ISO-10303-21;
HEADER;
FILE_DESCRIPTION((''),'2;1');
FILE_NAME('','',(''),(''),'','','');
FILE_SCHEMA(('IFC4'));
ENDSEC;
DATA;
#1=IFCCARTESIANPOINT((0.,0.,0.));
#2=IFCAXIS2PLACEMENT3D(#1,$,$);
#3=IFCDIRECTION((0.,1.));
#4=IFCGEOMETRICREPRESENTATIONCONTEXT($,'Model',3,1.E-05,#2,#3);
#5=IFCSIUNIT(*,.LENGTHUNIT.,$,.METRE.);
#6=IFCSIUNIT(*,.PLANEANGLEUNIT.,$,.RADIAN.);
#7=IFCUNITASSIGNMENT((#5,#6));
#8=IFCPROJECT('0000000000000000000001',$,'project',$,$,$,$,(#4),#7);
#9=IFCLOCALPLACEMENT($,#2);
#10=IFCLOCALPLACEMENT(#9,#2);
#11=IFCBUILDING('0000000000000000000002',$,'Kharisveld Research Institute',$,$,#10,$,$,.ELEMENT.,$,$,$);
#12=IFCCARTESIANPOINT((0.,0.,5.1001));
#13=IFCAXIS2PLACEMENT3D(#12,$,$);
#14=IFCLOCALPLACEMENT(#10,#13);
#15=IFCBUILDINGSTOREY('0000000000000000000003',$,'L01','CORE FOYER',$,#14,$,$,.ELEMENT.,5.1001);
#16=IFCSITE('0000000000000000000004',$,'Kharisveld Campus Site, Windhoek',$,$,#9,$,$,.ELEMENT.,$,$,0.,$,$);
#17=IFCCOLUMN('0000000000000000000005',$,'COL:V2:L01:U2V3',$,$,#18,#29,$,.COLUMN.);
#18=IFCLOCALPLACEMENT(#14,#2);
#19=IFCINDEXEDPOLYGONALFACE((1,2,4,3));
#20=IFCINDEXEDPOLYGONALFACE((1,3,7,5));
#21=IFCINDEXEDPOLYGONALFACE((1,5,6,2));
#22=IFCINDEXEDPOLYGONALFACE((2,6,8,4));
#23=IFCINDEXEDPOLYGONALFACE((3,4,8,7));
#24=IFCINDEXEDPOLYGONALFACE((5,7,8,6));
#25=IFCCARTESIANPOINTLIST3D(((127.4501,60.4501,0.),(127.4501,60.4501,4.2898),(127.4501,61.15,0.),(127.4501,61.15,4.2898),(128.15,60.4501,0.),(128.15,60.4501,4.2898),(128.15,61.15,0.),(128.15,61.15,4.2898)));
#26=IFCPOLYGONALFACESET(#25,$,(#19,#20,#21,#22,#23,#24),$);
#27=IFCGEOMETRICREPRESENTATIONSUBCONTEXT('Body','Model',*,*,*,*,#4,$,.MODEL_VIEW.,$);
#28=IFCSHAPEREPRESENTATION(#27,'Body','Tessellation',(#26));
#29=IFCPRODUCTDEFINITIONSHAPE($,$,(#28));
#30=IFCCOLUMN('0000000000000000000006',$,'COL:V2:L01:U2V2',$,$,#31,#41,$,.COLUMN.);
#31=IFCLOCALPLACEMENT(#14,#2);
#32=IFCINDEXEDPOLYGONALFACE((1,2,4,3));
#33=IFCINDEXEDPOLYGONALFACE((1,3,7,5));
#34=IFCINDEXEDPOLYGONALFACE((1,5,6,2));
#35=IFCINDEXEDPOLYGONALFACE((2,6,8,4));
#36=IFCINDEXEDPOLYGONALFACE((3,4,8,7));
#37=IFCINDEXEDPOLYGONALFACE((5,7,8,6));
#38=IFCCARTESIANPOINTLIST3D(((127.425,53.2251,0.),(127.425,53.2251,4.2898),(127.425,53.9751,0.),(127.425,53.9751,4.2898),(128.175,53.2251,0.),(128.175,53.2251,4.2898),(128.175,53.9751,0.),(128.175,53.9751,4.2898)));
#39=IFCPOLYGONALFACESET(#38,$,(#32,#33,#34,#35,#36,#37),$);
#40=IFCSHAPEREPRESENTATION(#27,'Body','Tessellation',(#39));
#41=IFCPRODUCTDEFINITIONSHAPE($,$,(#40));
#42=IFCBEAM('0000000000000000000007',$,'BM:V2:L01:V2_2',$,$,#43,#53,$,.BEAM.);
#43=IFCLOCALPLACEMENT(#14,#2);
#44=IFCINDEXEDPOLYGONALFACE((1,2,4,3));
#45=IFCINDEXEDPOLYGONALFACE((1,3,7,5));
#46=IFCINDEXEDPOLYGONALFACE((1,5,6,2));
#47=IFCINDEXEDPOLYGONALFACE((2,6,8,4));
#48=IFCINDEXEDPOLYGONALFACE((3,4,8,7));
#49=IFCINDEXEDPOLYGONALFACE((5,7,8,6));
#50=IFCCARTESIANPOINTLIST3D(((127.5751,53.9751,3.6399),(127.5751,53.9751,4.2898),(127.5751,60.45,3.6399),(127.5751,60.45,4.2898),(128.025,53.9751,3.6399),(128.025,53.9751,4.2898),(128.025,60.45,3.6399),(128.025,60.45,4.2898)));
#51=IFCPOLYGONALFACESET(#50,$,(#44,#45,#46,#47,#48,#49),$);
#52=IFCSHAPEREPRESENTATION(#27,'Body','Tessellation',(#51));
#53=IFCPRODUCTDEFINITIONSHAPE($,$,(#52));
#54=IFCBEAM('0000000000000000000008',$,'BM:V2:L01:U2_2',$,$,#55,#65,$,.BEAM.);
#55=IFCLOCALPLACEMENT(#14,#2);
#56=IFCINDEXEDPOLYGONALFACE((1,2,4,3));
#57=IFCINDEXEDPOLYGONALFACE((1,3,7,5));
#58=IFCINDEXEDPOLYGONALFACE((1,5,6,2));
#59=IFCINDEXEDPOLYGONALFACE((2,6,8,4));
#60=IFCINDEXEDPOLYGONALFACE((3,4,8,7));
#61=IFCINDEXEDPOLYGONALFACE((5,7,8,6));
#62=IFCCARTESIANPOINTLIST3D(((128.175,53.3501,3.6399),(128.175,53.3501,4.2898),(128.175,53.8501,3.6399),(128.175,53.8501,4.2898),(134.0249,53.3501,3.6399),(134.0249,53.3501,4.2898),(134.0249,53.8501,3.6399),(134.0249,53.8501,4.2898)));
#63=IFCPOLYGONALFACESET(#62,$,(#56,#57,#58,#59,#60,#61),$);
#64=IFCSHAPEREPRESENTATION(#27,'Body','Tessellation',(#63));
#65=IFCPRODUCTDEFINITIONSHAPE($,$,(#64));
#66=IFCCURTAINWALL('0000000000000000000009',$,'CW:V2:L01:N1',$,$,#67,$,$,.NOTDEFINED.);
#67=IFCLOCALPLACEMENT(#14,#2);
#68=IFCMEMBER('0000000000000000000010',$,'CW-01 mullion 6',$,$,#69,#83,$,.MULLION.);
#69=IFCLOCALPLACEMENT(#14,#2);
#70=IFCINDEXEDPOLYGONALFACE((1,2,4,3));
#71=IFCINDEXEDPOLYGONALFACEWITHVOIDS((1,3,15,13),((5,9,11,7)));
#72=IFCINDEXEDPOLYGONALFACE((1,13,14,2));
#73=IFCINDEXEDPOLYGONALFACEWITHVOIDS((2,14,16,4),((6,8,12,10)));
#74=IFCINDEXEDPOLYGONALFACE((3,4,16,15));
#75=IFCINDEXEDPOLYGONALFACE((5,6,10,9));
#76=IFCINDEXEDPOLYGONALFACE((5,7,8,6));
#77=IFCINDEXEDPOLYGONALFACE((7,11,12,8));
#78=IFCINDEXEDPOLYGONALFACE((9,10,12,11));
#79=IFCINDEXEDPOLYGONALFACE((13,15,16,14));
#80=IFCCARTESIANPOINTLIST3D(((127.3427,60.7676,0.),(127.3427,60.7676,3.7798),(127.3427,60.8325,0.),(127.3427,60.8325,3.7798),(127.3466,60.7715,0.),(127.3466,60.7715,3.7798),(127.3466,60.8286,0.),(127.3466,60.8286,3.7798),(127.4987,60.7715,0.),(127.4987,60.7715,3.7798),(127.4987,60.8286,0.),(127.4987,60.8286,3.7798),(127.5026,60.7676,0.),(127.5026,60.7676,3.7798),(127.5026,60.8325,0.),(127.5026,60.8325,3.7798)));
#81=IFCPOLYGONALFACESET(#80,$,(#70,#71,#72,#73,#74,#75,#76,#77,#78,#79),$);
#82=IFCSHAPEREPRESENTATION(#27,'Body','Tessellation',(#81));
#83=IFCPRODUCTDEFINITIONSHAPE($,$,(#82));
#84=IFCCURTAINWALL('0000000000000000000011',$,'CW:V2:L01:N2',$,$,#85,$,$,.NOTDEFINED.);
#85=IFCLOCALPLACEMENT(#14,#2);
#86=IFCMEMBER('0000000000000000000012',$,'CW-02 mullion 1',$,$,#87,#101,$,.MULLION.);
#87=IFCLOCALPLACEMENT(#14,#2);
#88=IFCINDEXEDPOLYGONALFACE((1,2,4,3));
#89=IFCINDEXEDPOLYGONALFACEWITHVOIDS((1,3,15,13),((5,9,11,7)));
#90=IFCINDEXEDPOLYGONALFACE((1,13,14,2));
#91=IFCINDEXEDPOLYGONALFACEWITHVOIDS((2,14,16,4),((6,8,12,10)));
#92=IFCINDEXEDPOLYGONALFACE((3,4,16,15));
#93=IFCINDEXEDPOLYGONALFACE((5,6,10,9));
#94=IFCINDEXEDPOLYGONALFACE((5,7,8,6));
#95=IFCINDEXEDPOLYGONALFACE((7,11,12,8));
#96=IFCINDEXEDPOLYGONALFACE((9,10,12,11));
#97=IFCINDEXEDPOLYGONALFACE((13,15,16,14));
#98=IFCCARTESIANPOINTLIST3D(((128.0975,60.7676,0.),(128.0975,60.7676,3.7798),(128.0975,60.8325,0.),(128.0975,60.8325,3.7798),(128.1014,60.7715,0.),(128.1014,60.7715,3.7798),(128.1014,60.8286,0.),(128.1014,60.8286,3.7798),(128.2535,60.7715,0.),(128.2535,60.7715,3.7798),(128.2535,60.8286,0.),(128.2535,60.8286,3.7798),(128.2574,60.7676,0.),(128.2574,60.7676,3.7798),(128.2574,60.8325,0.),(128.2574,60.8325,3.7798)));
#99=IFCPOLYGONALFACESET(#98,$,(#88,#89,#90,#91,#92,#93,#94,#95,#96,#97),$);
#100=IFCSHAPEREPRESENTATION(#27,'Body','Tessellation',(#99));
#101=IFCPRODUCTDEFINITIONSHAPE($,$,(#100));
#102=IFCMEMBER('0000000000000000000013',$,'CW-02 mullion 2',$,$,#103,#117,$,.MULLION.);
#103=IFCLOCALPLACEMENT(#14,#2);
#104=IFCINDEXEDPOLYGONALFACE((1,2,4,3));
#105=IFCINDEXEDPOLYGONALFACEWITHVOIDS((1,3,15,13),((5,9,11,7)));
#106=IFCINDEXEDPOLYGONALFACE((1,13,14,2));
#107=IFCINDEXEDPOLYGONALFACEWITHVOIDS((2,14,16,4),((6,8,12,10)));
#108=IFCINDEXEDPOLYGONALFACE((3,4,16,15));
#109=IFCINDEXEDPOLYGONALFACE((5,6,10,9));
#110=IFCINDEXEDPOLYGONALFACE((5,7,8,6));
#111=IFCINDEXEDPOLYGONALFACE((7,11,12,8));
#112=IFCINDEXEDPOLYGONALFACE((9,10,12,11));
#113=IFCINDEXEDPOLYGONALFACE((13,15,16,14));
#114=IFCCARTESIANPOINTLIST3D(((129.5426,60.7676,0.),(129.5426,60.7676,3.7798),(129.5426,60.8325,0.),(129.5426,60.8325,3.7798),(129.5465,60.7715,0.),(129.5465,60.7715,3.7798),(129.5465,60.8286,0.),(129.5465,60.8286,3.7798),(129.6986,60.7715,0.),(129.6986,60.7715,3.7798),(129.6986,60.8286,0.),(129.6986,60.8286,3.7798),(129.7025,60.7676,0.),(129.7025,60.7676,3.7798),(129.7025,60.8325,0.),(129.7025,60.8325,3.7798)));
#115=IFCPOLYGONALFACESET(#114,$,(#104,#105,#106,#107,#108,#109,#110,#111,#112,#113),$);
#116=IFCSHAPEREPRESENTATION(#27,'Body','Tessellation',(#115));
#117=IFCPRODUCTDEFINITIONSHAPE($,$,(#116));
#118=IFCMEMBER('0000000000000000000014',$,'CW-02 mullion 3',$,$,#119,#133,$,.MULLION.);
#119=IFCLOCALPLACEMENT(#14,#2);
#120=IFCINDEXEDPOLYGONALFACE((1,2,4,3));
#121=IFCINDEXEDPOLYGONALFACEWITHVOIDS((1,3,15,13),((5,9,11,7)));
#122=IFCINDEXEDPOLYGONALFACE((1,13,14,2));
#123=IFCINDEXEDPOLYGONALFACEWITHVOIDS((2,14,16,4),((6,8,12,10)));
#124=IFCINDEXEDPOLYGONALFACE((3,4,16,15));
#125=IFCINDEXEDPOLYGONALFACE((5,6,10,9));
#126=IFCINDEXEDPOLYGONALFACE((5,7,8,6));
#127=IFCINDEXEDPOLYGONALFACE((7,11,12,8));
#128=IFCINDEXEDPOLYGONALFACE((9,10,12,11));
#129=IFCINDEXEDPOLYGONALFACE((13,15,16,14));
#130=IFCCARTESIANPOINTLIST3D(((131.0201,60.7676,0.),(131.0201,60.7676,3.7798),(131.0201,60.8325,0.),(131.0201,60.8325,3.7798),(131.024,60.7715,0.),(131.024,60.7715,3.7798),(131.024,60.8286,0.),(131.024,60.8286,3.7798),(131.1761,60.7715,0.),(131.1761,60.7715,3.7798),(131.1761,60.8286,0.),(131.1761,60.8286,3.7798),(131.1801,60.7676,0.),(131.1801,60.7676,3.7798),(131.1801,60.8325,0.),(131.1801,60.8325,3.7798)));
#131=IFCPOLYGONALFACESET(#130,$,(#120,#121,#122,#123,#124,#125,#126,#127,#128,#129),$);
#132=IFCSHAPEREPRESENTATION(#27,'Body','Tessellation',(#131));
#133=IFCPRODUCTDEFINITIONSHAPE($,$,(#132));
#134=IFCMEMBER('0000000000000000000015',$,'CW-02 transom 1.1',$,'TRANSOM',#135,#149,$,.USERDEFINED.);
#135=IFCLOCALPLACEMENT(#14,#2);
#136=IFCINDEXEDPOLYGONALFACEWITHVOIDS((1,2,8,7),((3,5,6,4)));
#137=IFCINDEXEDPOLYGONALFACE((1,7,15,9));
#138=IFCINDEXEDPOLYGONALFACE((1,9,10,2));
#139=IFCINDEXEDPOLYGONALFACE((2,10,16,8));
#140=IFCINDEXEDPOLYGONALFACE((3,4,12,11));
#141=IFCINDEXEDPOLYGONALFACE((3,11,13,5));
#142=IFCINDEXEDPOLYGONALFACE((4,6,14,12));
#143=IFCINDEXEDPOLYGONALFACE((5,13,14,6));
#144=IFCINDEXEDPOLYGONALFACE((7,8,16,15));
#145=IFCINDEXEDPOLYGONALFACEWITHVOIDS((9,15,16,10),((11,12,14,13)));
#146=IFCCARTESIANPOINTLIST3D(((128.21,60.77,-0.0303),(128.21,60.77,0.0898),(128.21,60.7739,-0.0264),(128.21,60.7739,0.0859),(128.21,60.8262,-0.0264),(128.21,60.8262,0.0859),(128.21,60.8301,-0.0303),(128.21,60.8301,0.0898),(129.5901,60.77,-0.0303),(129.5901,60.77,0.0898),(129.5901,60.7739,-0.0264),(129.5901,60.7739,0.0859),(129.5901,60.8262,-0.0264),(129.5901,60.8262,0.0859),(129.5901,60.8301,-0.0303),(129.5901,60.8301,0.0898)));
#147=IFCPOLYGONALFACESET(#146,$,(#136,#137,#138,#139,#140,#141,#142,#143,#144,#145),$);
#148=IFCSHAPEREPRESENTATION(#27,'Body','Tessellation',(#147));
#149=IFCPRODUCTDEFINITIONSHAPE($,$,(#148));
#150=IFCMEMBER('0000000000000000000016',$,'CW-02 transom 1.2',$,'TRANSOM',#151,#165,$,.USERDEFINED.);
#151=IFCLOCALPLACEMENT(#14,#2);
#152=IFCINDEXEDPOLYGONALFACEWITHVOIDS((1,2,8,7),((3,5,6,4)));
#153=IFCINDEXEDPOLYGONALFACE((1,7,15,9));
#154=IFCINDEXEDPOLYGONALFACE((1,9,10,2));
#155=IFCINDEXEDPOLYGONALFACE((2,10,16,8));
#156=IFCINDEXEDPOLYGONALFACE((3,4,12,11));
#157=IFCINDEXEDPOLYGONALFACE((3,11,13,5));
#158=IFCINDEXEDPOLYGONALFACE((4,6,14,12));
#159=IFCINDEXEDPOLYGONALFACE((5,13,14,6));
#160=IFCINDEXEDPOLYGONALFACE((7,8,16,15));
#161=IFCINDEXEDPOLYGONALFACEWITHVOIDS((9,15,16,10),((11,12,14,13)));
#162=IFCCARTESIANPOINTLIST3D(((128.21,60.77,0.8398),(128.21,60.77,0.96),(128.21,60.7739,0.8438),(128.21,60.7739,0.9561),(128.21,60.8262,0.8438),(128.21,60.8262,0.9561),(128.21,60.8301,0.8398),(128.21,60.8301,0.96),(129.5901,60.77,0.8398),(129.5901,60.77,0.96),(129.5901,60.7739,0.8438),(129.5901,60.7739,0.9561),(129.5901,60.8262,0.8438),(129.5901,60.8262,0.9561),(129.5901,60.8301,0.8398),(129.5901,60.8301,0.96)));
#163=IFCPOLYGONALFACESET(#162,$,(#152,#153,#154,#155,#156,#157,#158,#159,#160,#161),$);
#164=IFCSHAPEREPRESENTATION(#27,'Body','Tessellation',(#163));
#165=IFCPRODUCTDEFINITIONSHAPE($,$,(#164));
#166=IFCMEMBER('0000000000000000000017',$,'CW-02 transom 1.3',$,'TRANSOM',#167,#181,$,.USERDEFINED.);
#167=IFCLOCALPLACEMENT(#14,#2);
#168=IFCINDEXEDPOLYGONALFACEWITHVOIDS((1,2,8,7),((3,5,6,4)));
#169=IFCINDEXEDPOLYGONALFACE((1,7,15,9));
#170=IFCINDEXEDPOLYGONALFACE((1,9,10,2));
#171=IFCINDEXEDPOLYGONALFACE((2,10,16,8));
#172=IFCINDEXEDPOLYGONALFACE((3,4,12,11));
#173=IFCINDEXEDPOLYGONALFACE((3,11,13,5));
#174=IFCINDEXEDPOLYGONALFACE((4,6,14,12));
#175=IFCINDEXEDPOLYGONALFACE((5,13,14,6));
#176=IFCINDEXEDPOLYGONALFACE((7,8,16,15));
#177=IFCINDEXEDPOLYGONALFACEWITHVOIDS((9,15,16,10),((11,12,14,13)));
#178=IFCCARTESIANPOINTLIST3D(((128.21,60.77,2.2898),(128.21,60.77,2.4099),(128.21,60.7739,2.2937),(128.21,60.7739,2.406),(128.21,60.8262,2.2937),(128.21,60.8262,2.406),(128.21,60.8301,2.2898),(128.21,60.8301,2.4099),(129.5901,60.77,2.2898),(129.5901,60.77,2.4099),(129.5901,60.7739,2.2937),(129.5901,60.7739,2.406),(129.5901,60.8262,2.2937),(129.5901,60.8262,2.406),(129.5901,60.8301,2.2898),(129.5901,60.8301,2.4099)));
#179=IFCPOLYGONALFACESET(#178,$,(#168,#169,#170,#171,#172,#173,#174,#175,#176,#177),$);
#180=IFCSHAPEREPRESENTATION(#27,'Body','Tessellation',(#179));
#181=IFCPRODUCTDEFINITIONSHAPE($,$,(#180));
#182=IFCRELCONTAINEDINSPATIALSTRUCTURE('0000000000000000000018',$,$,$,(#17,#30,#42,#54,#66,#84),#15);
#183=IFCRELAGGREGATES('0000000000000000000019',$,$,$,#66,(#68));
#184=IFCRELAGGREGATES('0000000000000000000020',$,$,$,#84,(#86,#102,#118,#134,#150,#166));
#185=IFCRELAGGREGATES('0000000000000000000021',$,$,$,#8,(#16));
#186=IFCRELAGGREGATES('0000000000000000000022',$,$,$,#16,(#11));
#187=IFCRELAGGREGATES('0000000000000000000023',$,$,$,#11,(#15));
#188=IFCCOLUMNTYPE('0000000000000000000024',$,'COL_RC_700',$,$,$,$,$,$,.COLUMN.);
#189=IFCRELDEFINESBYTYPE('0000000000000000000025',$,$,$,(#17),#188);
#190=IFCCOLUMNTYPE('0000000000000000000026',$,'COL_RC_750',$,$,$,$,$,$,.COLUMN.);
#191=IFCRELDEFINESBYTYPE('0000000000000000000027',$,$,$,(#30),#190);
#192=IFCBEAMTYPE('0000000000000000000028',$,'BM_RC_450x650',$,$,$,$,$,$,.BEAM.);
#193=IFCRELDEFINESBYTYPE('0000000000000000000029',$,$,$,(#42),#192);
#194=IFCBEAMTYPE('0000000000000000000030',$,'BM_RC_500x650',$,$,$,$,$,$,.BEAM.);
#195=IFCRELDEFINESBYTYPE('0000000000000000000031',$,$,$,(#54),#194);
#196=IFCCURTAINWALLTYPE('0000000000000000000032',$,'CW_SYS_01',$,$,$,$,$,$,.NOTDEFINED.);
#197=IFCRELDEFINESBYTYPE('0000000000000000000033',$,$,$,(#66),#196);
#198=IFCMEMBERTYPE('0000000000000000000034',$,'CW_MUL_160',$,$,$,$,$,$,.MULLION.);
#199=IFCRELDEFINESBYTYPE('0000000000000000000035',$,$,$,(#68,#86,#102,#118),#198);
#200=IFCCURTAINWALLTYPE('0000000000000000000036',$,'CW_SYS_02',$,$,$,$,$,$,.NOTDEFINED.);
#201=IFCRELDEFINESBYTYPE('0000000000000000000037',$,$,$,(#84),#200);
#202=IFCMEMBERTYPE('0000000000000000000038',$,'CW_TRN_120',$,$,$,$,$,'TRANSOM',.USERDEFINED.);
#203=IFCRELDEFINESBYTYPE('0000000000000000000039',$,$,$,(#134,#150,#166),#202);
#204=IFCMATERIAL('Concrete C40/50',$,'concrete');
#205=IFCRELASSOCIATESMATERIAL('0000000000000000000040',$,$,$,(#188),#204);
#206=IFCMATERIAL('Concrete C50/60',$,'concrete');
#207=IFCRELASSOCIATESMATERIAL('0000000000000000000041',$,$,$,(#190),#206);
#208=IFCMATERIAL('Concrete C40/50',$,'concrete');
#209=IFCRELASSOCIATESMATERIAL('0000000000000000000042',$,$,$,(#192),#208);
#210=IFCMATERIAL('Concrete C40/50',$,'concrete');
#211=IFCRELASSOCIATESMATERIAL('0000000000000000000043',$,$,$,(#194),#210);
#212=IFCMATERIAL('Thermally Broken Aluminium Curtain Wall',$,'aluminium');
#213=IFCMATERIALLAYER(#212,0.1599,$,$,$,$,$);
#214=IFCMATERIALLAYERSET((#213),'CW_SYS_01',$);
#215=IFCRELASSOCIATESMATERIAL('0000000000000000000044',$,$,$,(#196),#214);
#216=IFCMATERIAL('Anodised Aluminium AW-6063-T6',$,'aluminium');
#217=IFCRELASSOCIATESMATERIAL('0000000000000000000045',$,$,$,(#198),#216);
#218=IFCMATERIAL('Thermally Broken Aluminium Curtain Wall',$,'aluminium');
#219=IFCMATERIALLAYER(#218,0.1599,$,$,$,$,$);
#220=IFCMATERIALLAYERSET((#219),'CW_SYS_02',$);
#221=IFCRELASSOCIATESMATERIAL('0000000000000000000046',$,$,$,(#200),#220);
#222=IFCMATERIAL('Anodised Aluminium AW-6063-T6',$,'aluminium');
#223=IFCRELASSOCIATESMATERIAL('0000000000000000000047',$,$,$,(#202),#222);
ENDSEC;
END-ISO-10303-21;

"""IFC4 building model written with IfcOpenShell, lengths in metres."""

from ifc_helpers import new_model, si_unit, direction, frame, origin, origin_2d, place, context, subcontext, project, spatial, rectangle, hollow_rectangle, extrude, material, layer, layer_set, material_profile, profile_set, type_object, element, aggregate, save


model = new_model("IFC4")

# Units and contexts
model_context = context("Model", 3, precision=1e-05, world=origin(), true_north=direction((0.0, 1.0)))
body_context = subcontext(model_context, "Body", "Model", "MODEL_VIEW")
ifc_project = project(units=[si_unit("LENGTHUNIT", "METRE"), si_unit("PLANEANGLEUNIT", "RADIAN")], contexts=[model_context])

# Site, building, storey
site_placement = place(None, origin())
site = spatial("IfcSite", under=ifc_project, at=site_placement, Name="Kharisveld Campus Site, Windhoek", CompositionType="ELEMENT", RefElevation=0.0)
building_placement = place(site_placement, origin())
building = spatial("IfcBuilding", under=site, at=building_placement, Name="Kharisveld Research Institute", CompositionType="ELEMENT")
storey_placement = place(building_placement, frame((0.0, 0.0, 5.1001)))
storey = spatial("IfcBuildingStorey", under=building, at=storey_placement, Name="L01", Description="CORE FOYER", CompositionType="ELEMENT", Elevation=5.1001)

# Columns
ifc_material_1 = material(Name="Concrete C40/50", Category="concrete")
ifc_material_profile_1 = material_profile(ifc_material_1, rectangle(XDim=0.7, YDim=0.7, at=origin_2d()))
ifc_profile_set_1 = profile_set([ifc_material_profile_1], Name="Concrete C40/50")
column_type_1 = type_object("IfcColumnType", Name="COL_RC_700", PredefinedType="COLUMN", material=ifc_profile_set_1)
column_1_placement = place(storey_placement, frame((127.8, 60.8, 0.0), z_axis=(0.0, 0.0, 1.0), x_axis=(1.0, 0.0, 0.0)))
element("IfcColumn", 1, at=column_1_placement, inside=storey, type_object=column_type_1, Name="COL:V2:L01:U2V3", PredefinedType="COLUMN", context=body_context, shape_type="SweptSolid", body=[
    extrude(rectangle(XDim=0.7, YDim=0.7, at=origin_2d()), origin(), (0.0, 0.0, 1.0), 4.2898),
])
ifc_material_2 = material(Name="Concrete C50/60", Category="concrete")
ifc_material_profile_2 = material_profile(ifc_material_2, rectangle(XDim=0.75, YDim=0.75, at=origin_2d()))
ifc_profile_set_2 = profile_set([ifc_material_profile_2], Name="Concrete C50/60")
column_type_2 = type_object("IfcColumnType", Name="COL_RC_750", PredefinedType="COLUMN", material=ifc_profile_set_2)
column_2_placement = place(storey_placement, frame((127.8, 53.6001, 0.0), z_axis=(0.0, 0.0, 1.0), x_axis=(1.0, 0.0, 0.0)))
element("IfcColumn", 2, at=column_2_placement, inside=storey, type_object=column_type_2, Name="COL:V2:L01:U2V2", PredefinedType="COLUMN", context=body_context, shape_type="SweptSolid", body=[
    extrude(rectangle(XDim=0.75, YDim=0.75, at=origin_2d()), origin(), (0.0, 0.0, 1.0), 4.2898),
])

# Beams
ifc_material_3 = material(Name="Concrete C40/50", Category="concrete")
ifc_material_profile_3 = material_profile(ifc_material_3, rectangle(XDim=0.45, YDim=0.6499, at=origin_2d()))
ifc_profile_set_3 = profile_set([ifc_material_profile_3], Name="Concrete C40/50")
beam_type_1 = type_object("IfcBeamType", Name="BM_RC_450x650", PredefinedType="BEAM", material=ifc_profile_set_3)
beam_1_placement = place(storey_placement, frame((127.8, 53.9751, 3.9648), z_axis=(0.0, 1.0, 0.0), x_axis=(-1.0, 0.0, 0.0)))
element("IfcBeam", 3, at=beam_1_placement, inside=storey, type_object=beam_type_1, Name="BM:V2:L01:V2_2", PredefinedType="BEAM", context=body_context, shape_type="SweptSolid", body=[
    extrude(rectangle(XDim=0.45, YDim=0.6499, at=origin_2d()), origin(), (0.0, 0.0, 1.0), 6.4749),
])
ifc_material_4 = material(Name="Concrete C40/50", Category="concrete")
ifc_material_profile_4 = material_profile(ifc_material_4, rectangle(XDim=0.5, YDim=0.6499, at=origin_2d()))
ifc_profile_set_4 = profile_set([ifc_material_profile_4], Name="Concrete C40/50")
beam_type_2 = type_object("IfcBeamType", Name="BM_RC_500x650", PredefinedType="BEAM", material=ifc_profile_set_4)
beam_2_placement = place(storey_placement, frame((128.175, 53.6001, 3.9648), z_axis=(1.0, 0.0, 0.0), x_axis=(0.0, 1.0, 0.0)))
element("IfcBeam", 4, at=beam_2_placement, inside=storey, type_object=beam_type_2, Name="BM:V2:L01:U2_2", PredefinedType="BEAM", context=body_context, shape_type="SweptSolid", body=[
    extrude(rectangle(XDim=0.5, YDim=0.6499, at=origin_2d()), origin(), (0.0, 0.0, 1.0), 5.8499),
])

# Curtain wall, member
ifc_material_5 = material(Name="Thermally Broken Aluminium Curtain Wall", Category="aluminium")
ifc_layer_1 = layer(ifc_material_5, 0.1599)
ifc_layer_set_1 = layer_set([ifc_layer_1], Name="CW_SYS_01")
curtain_wall_type_1 = type_object("IfcCurtainWallType", Name="CW_SYS_01", PredefinedType="NOTDEFINED", material=ifc_layer_set_1)
curtain_wall_1_placement = place(storey_placement, origin())
curtain_wall_1 = element("IfcCurtainWall", 5, at=curtain_wall_1_placement, inside=storey, type_object=curtain_wall_type_1, Name="CW:V2:L01:N1", PredefinedType="NOTDEFINED")
ifc_material_6 = material(Name="Anodised Aluminium AW-6063-T6", Category="aluminium")
ifc_material_profile_5 = material_profile(ifc_material_6, hollow_rectangle(XDim=0.0649, YDim=0.1599, WallThickness=0.0039, at=origin_2d()))
ifc_profile_set_5 = profile_set([ifc_material_profile_5], Name="Anodised Aluminium AW-6063-T6")
member_type_1 = type_object("IfcMemberType", Name="CW_MUL_160", PredefinedType="MULLION", material=ifc_profile_set_5)
member_1_placement = place(storey_placement, frame((127.4226, 60.8, 0.0), z_axis=(0.0, 0.0, 1.0), x_axis=(0.0, 1.0, 0.0)))
member_1 = element("IfcMember", 6, at=member_1_placement, type_object=member_type_1, Name="CW-01 mullion 6", PredefinedType="MULLION", context=body_context, shape_type="SweptSolid", body=[
    extrude(hollow_rectangle(XDim=0.0649, YDim=0.1599, WallThickness=0.0039, at=origin_2d()), origin(), (0.0, 0.0, 1.0), 3.7798),
])
aggregate(curtain_wall_1, [member_1])

# Curtain wall, members
ifc_material_7 = material(Name="Thermally Broken Aluminium Curtain Wall", Category="aluminium")
ifc_layer_2 = layer(ifc_material_7, 0.1599)
ifc_layer_set_2 = layer_set([ifc_layer_2], Name="CW_SYS_02")
curtain_wall_type_2 = type_object("IfcCurtainWallType", Name="CW_SYS_02", PredefinedType="NOTDEFINED", material=ifc_layer_set_2)
curtain_wall_2_placement = place(storey_placement, origin())
curtain_wall_2 = element("IfcCurtainWall", 7, at=curtain_wall_2_placement, inside=storey, type_object=curtain_wall_type_2, Name="CW:V2:L01:N2", PredefinedType="NOTDEFINED")
member_2_placement = place(storey_placement, frame((128.1775, 60.8, 0.0), z_axis=(0.0, 0.0, 1.0), x_axis=(0.0, 1.0, 0.0)))
member_2 = element("IfcMember", 8, at=member_2_placement, type_object=member_type_1, Name="CW-02 mullion 1", PredefinedType="MULLION", context=body_context, shape_type="SweptSolid", body=[
    extrude(hollow_rectangle(XDim=0.0649, YDim=0.1599, WallThickness=0.0039, at=origin_2d()), origin(), (0.0, 0.0, 1.0), 3.7798),
])
member_3_placement = place(storey_placement, frame((129.6226, 60.8, 0.0), z_axis=(0.0, 0.0, 1.0), x_axis=(0.0, 1.0, 0.0)))
member_3 = element("IfcMember", 9, at=member_3_placement, type_object=member_type_1, Name="CW-02 mullion 2", PredefinedType="MULLION", context=body_context, shape_type="SweptSolid", body=[
    extrude(hollow_rectangle(XDim=0.0649, YDim=0.1599, WallThickness=0.0039, at=origin_2d()), origin(), (0.0, 0.0, 1.0), 3.7798),
])
member_4_placement = place(storey_placement, frame((131.1001, 60.8, 0.0), z_axis=(0.0, 0.0, 1.0), x_axis=(0.0, 1.0, 0.0)))
member_4 = element("IfcMember", 10, at=member_4_placement, type_object=member_type_1, Name="CW-02 mullion 3", PredefinedType="MULLION", context=body_context, shape_type="SweptSolid", body=[
    extrude(hollow_rectangle(XDim=0.0649, YDim=0.1599, WallThickness=0.0039, at=origin_2d()), origin(), (0.0, 0.0, 1.0), 3.7798),
])
ifc_material_8 = material(Name="Anodised Aluminium AW-6063-T6", Category="aluminium")
ifc_material_profile_6 = material_profile(ifc_material_8, hollow_rectangle(XDim=0.0601, YDim=0.1201, WallThickness=0.0039, at=origin_2d()))
ifc_profile_set_6 = profile_set([ifc_material_profile_6], Name="Anodised Aluminium AW-6063-T6")
member_type_2 = type_object("IfcMemberType", Name="CW_TRN_120", ElementType="TRANSOM", PredefinedType="USERDEFINED", material=ifc_profile_set_6)
member_5_placement = place(storey_placement, frame((128.21, 60.8, 0.0298), z_axis=(1.0, 0.0, 0.0), x_axis=(0.0, 1.0, 0.0)))
member_5 = element("IfcMember", 11, at=member_5_placement, type_object=member_type_2, Name="CW-02 transom 1.1", ObjectType="TRANSOM", PredefinedType="USERDEFINED", context=body_context, shape_type="SweptSolid", body=[
    extrude(hollow_rectangle(XDim=0.0601, YDim=0.1201, WallThickness=0.0039, at=origin_2d()), origin(), (0.0, 0.0, 1.0), 1.3801),
])
member_6_placement = place(storey_placement, frame((128.21, 60.8, 0.8999), z_axis=(1.0, 0.0, 0.0), x_axis=(0.0, 1.0, 0.0)))
member_6 = element("IfcMember", 12, at=member_6_placement, type_object=member_type_2, Name="CW-02 transom 1.2", ObjectType="TRANSOM", PredefinedType="USERDEFINED", context=body_context, shape_type="SweptSolid", body=[
    extrude(hollow_rectangle(XDim=0.0601, YDim=0.1201, WallThickness=0.0039, at=origin_2d()), origin(), (0.0, 0.0, 1.0), 1.3801),
])
member_7_placement = place(storey_placement, frame((128.21, 60.8, 2.3499), z_axis=(1.0, 0.0, 0.0), x_axis=(0.0, 1.0, 0.0)))
member_7 = element("IfcMember", 13, at=member_7_placement, type_object=member_type_2, Name="CW-02 transom 1.3", ObjectType="TRANSOM", PredefinedType="USERDEFINED", context=body_context, shape_type="SweptSolid", body=[
    extrude(hollow_rectangle(XDim=0.0601, YDim=0.1201, WallThickness=0.0039, at=origin_2d()), origin(), (0.0, 0.0, 1.0), 1.3801),
])

aggregate(curtain_wall_2, [member_2, member_3, member_4, member_5, member_6, member_7])

save(model, "model.ifc")
